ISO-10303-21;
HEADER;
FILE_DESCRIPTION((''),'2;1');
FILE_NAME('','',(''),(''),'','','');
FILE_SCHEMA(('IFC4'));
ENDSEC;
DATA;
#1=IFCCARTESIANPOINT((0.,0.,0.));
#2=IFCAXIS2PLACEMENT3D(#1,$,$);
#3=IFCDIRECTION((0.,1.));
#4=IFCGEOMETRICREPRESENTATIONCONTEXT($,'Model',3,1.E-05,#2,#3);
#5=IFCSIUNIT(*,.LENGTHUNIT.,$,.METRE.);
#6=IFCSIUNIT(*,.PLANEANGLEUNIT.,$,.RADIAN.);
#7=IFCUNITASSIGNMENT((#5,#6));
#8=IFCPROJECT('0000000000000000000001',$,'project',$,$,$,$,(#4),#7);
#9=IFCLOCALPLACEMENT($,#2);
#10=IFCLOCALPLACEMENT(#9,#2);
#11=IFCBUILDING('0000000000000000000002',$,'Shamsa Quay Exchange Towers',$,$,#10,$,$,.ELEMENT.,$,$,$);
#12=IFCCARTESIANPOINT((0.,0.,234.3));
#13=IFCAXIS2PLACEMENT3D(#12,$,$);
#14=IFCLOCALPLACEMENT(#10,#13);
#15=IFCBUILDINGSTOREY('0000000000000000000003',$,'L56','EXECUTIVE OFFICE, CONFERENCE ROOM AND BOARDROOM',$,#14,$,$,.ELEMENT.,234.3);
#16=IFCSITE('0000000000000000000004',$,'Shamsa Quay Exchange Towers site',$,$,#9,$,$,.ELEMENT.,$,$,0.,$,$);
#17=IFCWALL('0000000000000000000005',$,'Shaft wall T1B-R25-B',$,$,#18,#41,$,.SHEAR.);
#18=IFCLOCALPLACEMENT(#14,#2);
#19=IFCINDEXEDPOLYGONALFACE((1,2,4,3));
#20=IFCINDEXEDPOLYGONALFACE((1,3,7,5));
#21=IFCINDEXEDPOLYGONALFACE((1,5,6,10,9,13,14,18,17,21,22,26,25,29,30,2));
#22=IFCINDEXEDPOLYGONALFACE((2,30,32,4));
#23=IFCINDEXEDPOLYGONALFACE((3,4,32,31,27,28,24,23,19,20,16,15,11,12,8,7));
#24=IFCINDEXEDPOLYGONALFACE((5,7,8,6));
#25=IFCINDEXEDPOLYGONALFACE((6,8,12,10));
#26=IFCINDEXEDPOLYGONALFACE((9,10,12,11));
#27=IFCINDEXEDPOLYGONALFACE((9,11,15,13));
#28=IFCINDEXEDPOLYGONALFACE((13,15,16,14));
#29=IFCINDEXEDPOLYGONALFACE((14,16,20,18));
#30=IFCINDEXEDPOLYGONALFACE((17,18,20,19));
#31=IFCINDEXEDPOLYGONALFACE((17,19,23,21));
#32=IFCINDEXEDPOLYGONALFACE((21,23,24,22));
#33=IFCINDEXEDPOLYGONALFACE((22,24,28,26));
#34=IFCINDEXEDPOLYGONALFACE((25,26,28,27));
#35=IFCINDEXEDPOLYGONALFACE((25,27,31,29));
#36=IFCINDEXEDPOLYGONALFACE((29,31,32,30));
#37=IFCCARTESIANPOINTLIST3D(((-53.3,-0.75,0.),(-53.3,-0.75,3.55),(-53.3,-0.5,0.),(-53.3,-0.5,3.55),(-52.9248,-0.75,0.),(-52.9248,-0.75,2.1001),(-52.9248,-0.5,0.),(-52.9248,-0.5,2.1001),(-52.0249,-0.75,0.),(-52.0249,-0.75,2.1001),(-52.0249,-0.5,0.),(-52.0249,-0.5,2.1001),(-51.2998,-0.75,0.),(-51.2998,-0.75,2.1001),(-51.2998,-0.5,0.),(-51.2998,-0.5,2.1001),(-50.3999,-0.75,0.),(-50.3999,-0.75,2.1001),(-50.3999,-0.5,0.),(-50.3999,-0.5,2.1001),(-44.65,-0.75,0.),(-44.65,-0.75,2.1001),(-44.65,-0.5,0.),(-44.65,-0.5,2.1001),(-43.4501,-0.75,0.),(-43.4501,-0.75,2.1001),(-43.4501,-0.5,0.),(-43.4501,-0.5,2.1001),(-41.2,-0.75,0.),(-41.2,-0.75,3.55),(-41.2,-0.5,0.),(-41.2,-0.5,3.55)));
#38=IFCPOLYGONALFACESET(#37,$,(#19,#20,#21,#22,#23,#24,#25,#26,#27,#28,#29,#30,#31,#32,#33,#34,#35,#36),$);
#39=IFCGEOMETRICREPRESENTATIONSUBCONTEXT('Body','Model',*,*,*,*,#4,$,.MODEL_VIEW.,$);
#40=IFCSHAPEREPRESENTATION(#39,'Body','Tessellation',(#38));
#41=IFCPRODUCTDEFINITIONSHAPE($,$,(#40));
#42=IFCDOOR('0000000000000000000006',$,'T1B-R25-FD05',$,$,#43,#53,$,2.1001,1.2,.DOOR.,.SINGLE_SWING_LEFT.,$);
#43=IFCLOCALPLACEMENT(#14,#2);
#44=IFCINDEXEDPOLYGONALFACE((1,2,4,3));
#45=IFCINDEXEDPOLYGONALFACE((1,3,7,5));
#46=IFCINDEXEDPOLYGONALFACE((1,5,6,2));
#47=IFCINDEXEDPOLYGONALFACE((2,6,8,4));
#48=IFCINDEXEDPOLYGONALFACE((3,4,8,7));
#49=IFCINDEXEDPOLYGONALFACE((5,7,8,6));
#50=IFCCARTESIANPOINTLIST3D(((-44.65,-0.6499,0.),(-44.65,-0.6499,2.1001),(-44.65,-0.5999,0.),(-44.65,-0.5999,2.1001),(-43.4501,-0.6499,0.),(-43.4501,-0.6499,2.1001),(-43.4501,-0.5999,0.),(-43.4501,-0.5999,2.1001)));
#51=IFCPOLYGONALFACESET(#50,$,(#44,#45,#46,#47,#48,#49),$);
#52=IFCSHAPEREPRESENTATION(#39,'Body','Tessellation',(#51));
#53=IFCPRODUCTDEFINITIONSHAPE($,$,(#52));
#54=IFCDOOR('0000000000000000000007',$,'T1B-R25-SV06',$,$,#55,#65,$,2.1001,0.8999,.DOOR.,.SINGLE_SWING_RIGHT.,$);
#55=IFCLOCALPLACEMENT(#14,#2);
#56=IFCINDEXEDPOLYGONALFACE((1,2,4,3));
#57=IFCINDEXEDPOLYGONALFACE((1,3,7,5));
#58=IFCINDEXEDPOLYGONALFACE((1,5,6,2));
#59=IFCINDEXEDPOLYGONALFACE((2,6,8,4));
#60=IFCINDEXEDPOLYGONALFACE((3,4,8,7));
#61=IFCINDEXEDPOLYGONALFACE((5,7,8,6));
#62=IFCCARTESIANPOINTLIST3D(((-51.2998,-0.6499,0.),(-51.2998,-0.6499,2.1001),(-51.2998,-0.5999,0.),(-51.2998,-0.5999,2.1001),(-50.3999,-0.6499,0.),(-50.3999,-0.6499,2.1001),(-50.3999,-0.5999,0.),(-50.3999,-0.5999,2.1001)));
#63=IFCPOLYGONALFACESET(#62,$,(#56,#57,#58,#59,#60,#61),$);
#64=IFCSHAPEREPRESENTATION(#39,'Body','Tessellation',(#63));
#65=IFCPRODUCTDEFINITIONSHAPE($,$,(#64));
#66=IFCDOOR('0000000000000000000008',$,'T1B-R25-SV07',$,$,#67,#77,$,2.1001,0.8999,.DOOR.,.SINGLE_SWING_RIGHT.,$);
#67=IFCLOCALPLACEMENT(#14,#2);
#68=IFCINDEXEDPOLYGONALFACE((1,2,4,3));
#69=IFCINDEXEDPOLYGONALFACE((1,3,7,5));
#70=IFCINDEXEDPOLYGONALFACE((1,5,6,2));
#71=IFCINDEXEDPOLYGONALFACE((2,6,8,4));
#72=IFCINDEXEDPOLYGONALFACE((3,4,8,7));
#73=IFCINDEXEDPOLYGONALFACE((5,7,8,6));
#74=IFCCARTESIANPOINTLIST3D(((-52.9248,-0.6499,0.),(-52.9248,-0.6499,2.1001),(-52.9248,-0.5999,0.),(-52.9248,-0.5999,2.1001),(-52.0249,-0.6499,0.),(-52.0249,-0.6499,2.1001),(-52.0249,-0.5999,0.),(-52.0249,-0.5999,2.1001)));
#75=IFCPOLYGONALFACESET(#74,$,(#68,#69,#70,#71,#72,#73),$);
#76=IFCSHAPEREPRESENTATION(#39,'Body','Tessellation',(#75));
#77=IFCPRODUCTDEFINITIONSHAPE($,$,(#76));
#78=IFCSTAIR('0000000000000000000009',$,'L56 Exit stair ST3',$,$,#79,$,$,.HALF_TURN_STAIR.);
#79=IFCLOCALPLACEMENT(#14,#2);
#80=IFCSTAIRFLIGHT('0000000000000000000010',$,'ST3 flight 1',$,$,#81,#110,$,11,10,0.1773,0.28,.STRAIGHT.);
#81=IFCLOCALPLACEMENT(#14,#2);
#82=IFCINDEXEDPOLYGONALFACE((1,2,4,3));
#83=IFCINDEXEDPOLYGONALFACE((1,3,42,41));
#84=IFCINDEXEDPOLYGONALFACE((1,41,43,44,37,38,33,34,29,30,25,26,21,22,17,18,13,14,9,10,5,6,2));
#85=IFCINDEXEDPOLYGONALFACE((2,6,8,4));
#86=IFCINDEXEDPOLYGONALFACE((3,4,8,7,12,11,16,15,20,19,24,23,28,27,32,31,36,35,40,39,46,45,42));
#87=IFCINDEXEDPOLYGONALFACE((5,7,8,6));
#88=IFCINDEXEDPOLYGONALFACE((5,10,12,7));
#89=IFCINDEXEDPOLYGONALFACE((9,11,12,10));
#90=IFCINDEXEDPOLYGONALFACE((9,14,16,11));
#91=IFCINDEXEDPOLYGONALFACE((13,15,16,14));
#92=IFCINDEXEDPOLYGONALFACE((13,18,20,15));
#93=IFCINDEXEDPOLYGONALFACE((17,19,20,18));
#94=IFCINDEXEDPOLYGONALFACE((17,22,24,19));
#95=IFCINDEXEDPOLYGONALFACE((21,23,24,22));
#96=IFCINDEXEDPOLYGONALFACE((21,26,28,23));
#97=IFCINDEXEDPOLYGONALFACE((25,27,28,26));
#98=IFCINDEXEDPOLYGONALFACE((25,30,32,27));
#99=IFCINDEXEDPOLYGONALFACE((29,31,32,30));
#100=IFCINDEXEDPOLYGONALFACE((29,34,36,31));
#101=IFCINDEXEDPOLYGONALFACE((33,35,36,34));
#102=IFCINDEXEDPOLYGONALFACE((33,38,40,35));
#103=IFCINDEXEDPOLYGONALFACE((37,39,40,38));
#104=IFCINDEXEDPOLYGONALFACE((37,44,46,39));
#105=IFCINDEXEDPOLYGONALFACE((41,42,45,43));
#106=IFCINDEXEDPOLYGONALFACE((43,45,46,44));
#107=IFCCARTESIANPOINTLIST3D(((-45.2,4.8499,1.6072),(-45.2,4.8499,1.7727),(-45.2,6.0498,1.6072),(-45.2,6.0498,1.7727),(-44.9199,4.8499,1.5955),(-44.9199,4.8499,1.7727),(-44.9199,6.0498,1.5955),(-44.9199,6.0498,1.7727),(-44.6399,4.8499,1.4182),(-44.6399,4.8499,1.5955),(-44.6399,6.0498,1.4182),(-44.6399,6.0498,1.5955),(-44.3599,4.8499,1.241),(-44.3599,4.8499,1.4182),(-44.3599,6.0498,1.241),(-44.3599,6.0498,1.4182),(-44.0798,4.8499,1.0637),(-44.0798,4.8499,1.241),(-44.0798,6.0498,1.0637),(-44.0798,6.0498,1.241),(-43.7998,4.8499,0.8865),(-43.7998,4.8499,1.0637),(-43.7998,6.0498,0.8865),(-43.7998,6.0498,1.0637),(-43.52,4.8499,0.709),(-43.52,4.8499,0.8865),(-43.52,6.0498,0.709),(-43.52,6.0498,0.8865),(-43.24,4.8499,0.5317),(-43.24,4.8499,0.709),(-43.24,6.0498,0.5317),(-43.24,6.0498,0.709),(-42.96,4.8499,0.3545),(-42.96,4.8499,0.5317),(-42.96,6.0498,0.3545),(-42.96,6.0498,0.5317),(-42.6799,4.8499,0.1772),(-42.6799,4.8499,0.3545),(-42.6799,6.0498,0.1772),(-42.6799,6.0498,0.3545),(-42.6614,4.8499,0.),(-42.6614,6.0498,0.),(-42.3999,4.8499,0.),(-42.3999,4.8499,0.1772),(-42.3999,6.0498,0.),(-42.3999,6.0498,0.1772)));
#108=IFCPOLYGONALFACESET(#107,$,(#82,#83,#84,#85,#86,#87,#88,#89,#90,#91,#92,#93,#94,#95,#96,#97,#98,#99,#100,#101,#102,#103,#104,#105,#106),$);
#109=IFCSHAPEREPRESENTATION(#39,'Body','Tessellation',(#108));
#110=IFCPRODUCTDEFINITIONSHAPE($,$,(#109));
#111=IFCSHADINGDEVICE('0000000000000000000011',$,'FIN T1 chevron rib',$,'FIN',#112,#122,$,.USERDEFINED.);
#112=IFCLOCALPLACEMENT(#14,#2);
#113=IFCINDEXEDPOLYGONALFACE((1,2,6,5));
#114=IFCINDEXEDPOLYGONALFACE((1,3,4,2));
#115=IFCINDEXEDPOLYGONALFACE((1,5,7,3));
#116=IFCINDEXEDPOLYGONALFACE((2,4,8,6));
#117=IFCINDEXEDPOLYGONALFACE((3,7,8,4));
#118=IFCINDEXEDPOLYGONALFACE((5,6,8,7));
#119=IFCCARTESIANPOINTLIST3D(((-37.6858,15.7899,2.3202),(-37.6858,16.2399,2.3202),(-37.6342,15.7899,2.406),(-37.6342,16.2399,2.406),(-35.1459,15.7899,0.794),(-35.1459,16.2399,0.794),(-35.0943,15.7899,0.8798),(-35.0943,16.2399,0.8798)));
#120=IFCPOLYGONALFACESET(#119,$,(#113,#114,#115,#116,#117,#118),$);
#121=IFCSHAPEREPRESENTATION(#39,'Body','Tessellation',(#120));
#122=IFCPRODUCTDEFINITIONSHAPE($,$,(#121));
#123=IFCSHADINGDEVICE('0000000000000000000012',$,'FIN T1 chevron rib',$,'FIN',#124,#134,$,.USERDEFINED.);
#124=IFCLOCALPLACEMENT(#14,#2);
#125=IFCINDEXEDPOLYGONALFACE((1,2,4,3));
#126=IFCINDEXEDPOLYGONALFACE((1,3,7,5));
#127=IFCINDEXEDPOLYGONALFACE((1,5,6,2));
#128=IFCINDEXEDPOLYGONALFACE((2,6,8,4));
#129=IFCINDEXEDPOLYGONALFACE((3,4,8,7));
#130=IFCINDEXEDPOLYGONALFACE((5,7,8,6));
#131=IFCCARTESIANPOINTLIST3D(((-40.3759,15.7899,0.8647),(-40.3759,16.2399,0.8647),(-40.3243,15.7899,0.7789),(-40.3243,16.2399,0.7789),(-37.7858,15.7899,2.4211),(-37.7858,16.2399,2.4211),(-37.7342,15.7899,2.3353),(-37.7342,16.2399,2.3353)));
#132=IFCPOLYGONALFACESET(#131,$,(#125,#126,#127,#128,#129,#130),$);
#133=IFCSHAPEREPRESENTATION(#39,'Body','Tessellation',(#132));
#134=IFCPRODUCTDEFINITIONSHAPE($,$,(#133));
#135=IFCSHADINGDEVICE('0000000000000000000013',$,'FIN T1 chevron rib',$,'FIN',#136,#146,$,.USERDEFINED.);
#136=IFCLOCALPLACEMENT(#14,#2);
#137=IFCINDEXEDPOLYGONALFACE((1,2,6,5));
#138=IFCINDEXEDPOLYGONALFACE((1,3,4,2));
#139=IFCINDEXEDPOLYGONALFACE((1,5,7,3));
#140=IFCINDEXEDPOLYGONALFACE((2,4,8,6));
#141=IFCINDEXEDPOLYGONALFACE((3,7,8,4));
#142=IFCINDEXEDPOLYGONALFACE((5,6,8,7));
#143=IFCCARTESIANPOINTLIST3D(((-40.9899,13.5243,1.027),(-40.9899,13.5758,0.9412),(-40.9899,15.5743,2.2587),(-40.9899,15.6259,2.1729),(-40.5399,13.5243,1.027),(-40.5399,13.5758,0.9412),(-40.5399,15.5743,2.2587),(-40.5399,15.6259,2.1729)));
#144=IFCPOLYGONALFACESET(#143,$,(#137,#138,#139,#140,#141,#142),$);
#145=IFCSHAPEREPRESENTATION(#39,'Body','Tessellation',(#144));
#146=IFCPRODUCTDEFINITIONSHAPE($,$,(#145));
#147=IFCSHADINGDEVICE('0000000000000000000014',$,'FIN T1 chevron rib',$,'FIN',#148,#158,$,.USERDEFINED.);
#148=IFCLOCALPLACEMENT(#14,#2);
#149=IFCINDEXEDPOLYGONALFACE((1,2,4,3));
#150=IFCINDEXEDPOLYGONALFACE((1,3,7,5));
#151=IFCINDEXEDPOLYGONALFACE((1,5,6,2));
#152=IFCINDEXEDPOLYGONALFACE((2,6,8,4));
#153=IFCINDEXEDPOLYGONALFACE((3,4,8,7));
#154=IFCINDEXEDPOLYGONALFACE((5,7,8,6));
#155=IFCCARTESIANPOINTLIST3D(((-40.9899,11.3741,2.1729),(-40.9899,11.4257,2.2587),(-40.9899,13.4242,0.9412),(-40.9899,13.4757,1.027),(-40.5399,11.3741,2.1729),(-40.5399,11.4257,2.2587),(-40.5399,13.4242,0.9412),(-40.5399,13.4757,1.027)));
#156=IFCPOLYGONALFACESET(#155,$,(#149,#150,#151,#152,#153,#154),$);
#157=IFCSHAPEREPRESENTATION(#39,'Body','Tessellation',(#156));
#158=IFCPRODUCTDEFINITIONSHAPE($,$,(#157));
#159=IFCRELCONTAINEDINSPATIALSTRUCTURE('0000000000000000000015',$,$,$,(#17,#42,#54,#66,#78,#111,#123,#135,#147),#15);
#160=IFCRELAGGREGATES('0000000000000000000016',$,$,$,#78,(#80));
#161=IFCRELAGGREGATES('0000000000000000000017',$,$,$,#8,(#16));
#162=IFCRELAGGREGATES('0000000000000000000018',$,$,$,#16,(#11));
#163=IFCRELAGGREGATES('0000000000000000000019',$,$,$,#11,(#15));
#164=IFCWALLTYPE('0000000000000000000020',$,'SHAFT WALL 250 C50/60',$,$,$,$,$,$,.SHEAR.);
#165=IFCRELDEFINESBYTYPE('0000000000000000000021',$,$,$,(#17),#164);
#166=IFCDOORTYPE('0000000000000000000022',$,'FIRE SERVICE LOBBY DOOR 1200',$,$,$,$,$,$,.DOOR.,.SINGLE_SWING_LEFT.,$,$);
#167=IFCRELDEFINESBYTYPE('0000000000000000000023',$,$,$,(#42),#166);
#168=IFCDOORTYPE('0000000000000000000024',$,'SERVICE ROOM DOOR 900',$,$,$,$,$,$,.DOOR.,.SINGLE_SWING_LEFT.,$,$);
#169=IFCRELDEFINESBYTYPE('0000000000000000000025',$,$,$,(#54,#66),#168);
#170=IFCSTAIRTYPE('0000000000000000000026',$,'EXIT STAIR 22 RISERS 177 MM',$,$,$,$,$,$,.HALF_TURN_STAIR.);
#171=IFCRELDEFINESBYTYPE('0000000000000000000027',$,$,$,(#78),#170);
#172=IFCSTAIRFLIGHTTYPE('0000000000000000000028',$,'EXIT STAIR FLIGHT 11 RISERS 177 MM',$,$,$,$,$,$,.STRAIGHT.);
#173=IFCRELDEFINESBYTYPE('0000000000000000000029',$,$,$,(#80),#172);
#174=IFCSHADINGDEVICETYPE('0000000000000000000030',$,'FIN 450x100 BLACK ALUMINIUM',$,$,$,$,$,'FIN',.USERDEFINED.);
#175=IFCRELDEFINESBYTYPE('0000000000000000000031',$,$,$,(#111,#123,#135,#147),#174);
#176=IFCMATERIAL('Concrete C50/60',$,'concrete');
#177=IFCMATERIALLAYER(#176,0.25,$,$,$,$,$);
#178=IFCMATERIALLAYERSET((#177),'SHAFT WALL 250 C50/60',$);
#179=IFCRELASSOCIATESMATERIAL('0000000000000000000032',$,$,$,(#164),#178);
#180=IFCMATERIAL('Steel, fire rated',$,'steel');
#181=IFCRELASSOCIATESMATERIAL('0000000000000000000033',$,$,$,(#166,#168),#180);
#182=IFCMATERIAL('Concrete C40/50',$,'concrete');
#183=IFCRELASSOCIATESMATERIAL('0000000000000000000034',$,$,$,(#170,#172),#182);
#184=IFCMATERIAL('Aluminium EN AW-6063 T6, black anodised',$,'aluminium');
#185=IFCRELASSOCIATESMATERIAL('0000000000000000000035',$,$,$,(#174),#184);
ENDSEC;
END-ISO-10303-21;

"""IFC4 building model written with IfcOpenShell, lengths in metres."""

from ifc_helpers import new_model, si_unit, direction, frame, frame_2d, origin, origin_2d, place, context, subcontext, project, spatial, polyline, rectangle, outline, extrude, material, layer, layer_set, material_profile, profile_set, type_object, element, fill, aggregate, save


model = new_model("IFC4")

# Units and contexts
model_context = context("Model", 3, precision=1e-05, world=origin(), true_north=direction((0.0, 1.0)))
body_context = subcontext(model_context, "Body", "Model", "MODEL_VIEW")
ifc_project = project(units=[si_unit("LENGTHUNIT", "METRE"), si_unit("PLANEANGLEUNIT", "RADIAN")], contexts=[model_context])

# Site, building, storey
site_placement = place(None, origin())
site = spatial("IfcSite", under=ifc_project, at=site_placement, Name="Shamsa Quay Exchange Towers site", CompositionType="ELEMENT", RefElevation=0.0)
building_placement = place(site_placement, origin())
building = spatial("IfcBuilding", under=site, at=building_placement, Name="Shamsa Quay Exchange Towers", CompositionType="ELEMENT")
storey_placement = place(building_placement, frame((0.0, 0.0, 234.3)))
storey = spatial("IfcBuildingStorey", under=building, at=storey_placement, Name="L56", Description="EXECUTIVE OFFICE, CONFERENCE ROOM AND BOARDROOM", CompositionType="ELEMENT", Elevation=234.3)

# Shared definitions
ifc_material_1 = material(Name="Aluminium EN AW-6063 T6, black anodised", Category="aluminium")

# Wall, openings, doors
ifc_material_2 = material(Name="Concrete C50/60", Category="concrete")
ifc_layer_1 = layer(ifc_material_2, 0.25)
ifc_layer_set_1 = layer_set([ifc_layer_1], Name="SHAFT WALL 250 C50/60")
wall_type_1 = type_object("IfcWallType", Name="SHAFT WALL 250 C50/60", PredefinedType="SHEAR", material=ifc_layer_set_1)
wall_1_placement = place(storey_placement, frame((-41.2, -0.625, 0.0), z_axis=(0.0, 0.0, 1.0), x_axis=(-1.0, 0.0, 0.0)))
wall_1 = element("IfcWall", 1, at=wall_1_placement, inside=storey, type_object=wall_type_1, Name="Shaft wall T1B-R25-B", PredefinedType="SHEAR", context=body_context, shape_type="SweptSolid", body=[
    extrude(rectangle(XDim=12.1001, YDim=0.25, at=frame_2d((6.05, 0.0))), origin(), (0.0, 0.0, 1.0), 3.55),
])
opening_1_placement = place(wall_1_placement, frame((2.25, 0.0, 0.0)))
opening_1 = element("IfcOpeningElement", 2, at=opening_1_placement, cuts=wall_1, PredefinedType="OPENING", context=body_context, shape_type="SweptSolid", body=[
    extrude(rectangle(XDim=1.2, YDim=2.1001, at=frame_2d((0.6001, 1.05))), frame((0.0, 0.135, 0.0), z_axis=(0.0, -1.0, 0.0), x_axis=(1.0, 0.0, 0.0)), (0.0, 0.0, 1.0), 0.27),
])
opening_2_placement = place(wall_1_placement, frame((9.2, 0.0, 0.0)))
opening_2 = element("IfcOpeningElement", 3, at=opening_2_placement, cuts=wall_1, PredefinedType="OPENING", context=body_context, shape_type="SweptSolid", body=[
    extrude(rectangle(XDim=0.8999, YDim=2.1001, at=frame_2d((0.45, 1.05))), frame((0.0, 0.135, 0.0), z_axis=(0.0, -1.0, 0.0), x_axis=(1.0, 0.0, 0.0)), (0.0, 0.0, 1.0), 0.27),
])
opening_3_placement = place(wall_1_placement, frame((10.825, 0.0, 0.0)))
opening_3 = element("IfcOpeningElement", 4, at=opening_3_placement, cuts=wall_1, PredefinedType="OPENING", context=body_context, shape_type="SweptSolid", body=[
    extrude(rectangle(XDim=0.8999, YDim=2.1001, at=frame_2d((0.45, 1.05))), frame((0.0, 0.135, 0.0), z_axis=(0.0, -1.0, 0.0), x_axis=(1.0, 0.0, 0.0)), (0.0, 0.0, 1.0), 0.27),
])
ifc_material_3 = material(Name="Steel, fire rated", Category="steel")
door_type_1 = type_object("IfcDoorType", Name="FIRE SERVICE LOBBY DOOR 1200", OperationType="SINGLE_SWING_LEFT", PredefinedType="DOOR", material=ifc_material_3)
door_1_placement = place(opening_1_placement, origin())
door_1 = element("IfcDoor", 5, at=door_1_placement, inside=storey, type_object=door_type_1, Name="T1B-R25-FD05", OperationType="SINGLE_SWING_LEFT", OverallHeight=2.1001, OverallWidth=1.2, PredefinedType="DOOR", context=body_context, shape_type="SweptSolid", body=[
    extrude(rectangle(XDim=1.2, YDim=2.1001, at=frame_2d((0.6001, 1.05))), frame((0.0, 0.0249, 0.0), z_axis=(0.0, -1.0, 0.0), x_axis=(1.0, 0.0, 0.0)), (0.0, 0.0, 1.0), 0.05),
])
fill(opening_1, door_1)
door_type_2 = type_object("IfcDoorType", Name="SERVICE ROOM DOOR 900", OperationType="SINGLE_SWING_LEFT", PredefinedType="DOOR", material=ifc_material_3)
door_2_placement = place(opening_2_placement, origin())
door_2 = element("IfcDoor", 6, at=door_2_placement, inside=storey, type_object=door_type_2, Name="T1B-R25-SV06", OperationType="SINGLE_SWING_RIGHT", OverallHeight=2.1001, OverallWidth=0.8999, PredefinedType="DOOR", context=body_context, shape_type="SweptSolid", body=[
    extrude(rectangle(XDim=0.8999, YDim=2.1001, at=frame_2d((0.45, 1.05))), frame((0.0, 0.0249, 0.0), z_axis=(0.0, -1.0, 0.0), x_axis=(1.0, 0.0, 0.0)), (0.0, 0.0, 1.0), 0.05),
])
fill(opening_2, door_2)
door_3_placement = place(opening_3_placement, origin())
door_3 = element("IfcDoor", 7, at=door_3_placement, inside=storey, type_object=door_type_2, Name="T1B-R25-SV07", OperationType="SINGLE_SWING_RIGHT", OverallHeight=2.1001, OverallWidth=0.8999, PredefinedType="DOOR", context=body_context, shape_type="SweptSolid", body=[
    extrude(rectangle(XDim=0.8999, YDim=2.1001, at=frame_2d((0.45, 1.05))), frame((0.0, 0.0249, 0.0), z_axis=(0.0, -1.0, 0.0), x_axis=(1.0, 0.0, 0.0)), (0.0, 0.0, 1.0), 0.05),
])
fill(opening_3, door_3)

# Stair, stair flight
ifc_material_4 = material(Name="Concrete C40/50", Category="concrete")
stair_type = type_object("IfcStairType", Name="EXIT STAIR 22 RISERS 177 MM", PredefinedType="HALF_TURN_STAIR", material=ifc_material_4)
stair_placement = place(storey_placement, origin())
stair = element("IfcStair", 8, at=stair_placement, inside=storey, type_object=stair_type, Name="L56 Exit stair ST3", PredefinedType="HALF_TURN_STAIR")
stair_flight_type = type_object("IfcStairFlightType", Name="EXIT STAIR FLIGHT 11 RISERS 177 MM", PredefinedType="STRAIGHT", material=ifc_material_4)
stair_flight_placement = place(storey_placement, frame((-42.3999, 5.45, 0.0), z_axis=(0.0, 0.0, 1.0), x_axis=(-1.0, 0.0, 0.0)))
stair_flight = element("IfcStairFlight", 9, at=stair_flight_placement, type_object=stair_flight_type, Name="ST3 flight 1", NumberOfRisers=11, NumberOfTreads=10, PredefinedType="STRAIGHT", RiserHeight=0.1773, TreadLength=0.28, context=body_context, shape_type="SweptSolid", body=[
    extrude(outline(polyline([(0.0, 0.0), (0.0, 0.1772), (0.28, 0.1772), (0.28, 0.3545), (0.5601, 0.3545), (0.5601, 0.5317), (0.8401, 0.5317), (0.8401, 0.709), (1.1201, 0.709), (1.1201, 0.8865), (1.3999, 0.8865), (1.3999, 1.0637), (1.6799, 1.0637), (1.6799, 1.241), (1.96, 1.241), (1.96, 1.4182), (2.24, 1.4182), (2.24, 1.5955), (2.52, 1.5955), (2.52, 1.7727), (2.8, 1.7727), (2.8, 1.95), (2.8, 1.6072), (0.2615, 0.0), (0.0, 0.0)])), frame((0.0, 0.6001, 0.0), z_axis=(0.0, -1.0, 0.0), x_axis=(1.0, 0.0, 0.0)), (0.0, 0.0, 1.0), 1.2),
])
aggregate(stair, [stair_flight])

# Shading devices
ifc_material_profile_1 = material_profile(ifc_material_1, rectangle(XDim=0.45, YDim=0.1001, at=origin_2d()), Name="FIN450x100")
ifc_profile_set_1 = profile_set([ifc_material_profile_1], Name="Aluminium EN AW-6063 T6, black anodised")
shading_device_type = type_object("IfcShadingDeviceType", Name="FIN 450x100 BLACK ALUMINIUM", ElementType="FIN", PredefinedType="USERDEFINED", material=ifc_profile_set_1)
shading_device_1_placement = place(storey_placement, frame((-35.1201, 16.0149, 0.8369), z_axis=(-0.857158, 0.0, 0.515053), x_axis=(0.0, -1.0, 0.0)))
element("IfcShadingDevice", 10, at=shading_device_1_placement, inside=storey, type_object=shading_device_type, Name="FIN T1 chevron rib", ObjectType="FIN", PredefinedType="USERDEFINED", context=body_context, shape_type="SweptSolid", body=[
    extrude(rectangle(XDim=0.45, YDim=0.1001, at=origin_2d()), origin(), (0.0, 0.0, 1.0), 2.9631),
])
shading_device_2_placement = place(storey_placement, frame((-37.76, 16.0149, 2.3782), z_axis=(-0.857151, 0.0, -0.515066), x_axis=(0.0, -1.0, 0.0)))
element("IfcShadingDevice", 11, at=shading_device_2_placement, inside=storey, type_object=shading_device_type, Name="FIN T1 chevron rib", ObjectType="FIN", PredefinedType="USERDEFINED", context=body_context, shape_type="SweptSolid", body=[
    extrude(rectangle(XDim=0.45, YDim=0.1001, at=origin_2d()), origin(), (0.0, 0.0, 1.0), 3.0217),
])
for number, where, z_axis, x_axis, name in (
    (12, (-40.7649, 15.6001, 2.2158), (0.0, -0.857187, -0.515006), (1.0, 0.0, 0.0), "FIN T1 chevron rib"),
    (13, (-40.7649, 13.45, 0.9841), (0.0, -0.857187, 0.515006), (1.0, 0.0, 0.0), "FIN T1 chevron rib"),
):
    element("IfcShadingDevice", number, at=place(storey_placement, frame(where, z_axis=z_axis, x_axis=x_axis)), inside=storey, type_object=shading_device_type, Name=name, ObjectType="FIN", PredefinedType="USERDEFINED", context=body_context, shape_type="SweptSolid", body=[
        extrude(rectangle(XDim=0.45, YDim=0.1001, at=origin_2d()), origin(), (0.0, 0.0, 1.0), 2.3916),
    ])

save(model, "model.ifc")
